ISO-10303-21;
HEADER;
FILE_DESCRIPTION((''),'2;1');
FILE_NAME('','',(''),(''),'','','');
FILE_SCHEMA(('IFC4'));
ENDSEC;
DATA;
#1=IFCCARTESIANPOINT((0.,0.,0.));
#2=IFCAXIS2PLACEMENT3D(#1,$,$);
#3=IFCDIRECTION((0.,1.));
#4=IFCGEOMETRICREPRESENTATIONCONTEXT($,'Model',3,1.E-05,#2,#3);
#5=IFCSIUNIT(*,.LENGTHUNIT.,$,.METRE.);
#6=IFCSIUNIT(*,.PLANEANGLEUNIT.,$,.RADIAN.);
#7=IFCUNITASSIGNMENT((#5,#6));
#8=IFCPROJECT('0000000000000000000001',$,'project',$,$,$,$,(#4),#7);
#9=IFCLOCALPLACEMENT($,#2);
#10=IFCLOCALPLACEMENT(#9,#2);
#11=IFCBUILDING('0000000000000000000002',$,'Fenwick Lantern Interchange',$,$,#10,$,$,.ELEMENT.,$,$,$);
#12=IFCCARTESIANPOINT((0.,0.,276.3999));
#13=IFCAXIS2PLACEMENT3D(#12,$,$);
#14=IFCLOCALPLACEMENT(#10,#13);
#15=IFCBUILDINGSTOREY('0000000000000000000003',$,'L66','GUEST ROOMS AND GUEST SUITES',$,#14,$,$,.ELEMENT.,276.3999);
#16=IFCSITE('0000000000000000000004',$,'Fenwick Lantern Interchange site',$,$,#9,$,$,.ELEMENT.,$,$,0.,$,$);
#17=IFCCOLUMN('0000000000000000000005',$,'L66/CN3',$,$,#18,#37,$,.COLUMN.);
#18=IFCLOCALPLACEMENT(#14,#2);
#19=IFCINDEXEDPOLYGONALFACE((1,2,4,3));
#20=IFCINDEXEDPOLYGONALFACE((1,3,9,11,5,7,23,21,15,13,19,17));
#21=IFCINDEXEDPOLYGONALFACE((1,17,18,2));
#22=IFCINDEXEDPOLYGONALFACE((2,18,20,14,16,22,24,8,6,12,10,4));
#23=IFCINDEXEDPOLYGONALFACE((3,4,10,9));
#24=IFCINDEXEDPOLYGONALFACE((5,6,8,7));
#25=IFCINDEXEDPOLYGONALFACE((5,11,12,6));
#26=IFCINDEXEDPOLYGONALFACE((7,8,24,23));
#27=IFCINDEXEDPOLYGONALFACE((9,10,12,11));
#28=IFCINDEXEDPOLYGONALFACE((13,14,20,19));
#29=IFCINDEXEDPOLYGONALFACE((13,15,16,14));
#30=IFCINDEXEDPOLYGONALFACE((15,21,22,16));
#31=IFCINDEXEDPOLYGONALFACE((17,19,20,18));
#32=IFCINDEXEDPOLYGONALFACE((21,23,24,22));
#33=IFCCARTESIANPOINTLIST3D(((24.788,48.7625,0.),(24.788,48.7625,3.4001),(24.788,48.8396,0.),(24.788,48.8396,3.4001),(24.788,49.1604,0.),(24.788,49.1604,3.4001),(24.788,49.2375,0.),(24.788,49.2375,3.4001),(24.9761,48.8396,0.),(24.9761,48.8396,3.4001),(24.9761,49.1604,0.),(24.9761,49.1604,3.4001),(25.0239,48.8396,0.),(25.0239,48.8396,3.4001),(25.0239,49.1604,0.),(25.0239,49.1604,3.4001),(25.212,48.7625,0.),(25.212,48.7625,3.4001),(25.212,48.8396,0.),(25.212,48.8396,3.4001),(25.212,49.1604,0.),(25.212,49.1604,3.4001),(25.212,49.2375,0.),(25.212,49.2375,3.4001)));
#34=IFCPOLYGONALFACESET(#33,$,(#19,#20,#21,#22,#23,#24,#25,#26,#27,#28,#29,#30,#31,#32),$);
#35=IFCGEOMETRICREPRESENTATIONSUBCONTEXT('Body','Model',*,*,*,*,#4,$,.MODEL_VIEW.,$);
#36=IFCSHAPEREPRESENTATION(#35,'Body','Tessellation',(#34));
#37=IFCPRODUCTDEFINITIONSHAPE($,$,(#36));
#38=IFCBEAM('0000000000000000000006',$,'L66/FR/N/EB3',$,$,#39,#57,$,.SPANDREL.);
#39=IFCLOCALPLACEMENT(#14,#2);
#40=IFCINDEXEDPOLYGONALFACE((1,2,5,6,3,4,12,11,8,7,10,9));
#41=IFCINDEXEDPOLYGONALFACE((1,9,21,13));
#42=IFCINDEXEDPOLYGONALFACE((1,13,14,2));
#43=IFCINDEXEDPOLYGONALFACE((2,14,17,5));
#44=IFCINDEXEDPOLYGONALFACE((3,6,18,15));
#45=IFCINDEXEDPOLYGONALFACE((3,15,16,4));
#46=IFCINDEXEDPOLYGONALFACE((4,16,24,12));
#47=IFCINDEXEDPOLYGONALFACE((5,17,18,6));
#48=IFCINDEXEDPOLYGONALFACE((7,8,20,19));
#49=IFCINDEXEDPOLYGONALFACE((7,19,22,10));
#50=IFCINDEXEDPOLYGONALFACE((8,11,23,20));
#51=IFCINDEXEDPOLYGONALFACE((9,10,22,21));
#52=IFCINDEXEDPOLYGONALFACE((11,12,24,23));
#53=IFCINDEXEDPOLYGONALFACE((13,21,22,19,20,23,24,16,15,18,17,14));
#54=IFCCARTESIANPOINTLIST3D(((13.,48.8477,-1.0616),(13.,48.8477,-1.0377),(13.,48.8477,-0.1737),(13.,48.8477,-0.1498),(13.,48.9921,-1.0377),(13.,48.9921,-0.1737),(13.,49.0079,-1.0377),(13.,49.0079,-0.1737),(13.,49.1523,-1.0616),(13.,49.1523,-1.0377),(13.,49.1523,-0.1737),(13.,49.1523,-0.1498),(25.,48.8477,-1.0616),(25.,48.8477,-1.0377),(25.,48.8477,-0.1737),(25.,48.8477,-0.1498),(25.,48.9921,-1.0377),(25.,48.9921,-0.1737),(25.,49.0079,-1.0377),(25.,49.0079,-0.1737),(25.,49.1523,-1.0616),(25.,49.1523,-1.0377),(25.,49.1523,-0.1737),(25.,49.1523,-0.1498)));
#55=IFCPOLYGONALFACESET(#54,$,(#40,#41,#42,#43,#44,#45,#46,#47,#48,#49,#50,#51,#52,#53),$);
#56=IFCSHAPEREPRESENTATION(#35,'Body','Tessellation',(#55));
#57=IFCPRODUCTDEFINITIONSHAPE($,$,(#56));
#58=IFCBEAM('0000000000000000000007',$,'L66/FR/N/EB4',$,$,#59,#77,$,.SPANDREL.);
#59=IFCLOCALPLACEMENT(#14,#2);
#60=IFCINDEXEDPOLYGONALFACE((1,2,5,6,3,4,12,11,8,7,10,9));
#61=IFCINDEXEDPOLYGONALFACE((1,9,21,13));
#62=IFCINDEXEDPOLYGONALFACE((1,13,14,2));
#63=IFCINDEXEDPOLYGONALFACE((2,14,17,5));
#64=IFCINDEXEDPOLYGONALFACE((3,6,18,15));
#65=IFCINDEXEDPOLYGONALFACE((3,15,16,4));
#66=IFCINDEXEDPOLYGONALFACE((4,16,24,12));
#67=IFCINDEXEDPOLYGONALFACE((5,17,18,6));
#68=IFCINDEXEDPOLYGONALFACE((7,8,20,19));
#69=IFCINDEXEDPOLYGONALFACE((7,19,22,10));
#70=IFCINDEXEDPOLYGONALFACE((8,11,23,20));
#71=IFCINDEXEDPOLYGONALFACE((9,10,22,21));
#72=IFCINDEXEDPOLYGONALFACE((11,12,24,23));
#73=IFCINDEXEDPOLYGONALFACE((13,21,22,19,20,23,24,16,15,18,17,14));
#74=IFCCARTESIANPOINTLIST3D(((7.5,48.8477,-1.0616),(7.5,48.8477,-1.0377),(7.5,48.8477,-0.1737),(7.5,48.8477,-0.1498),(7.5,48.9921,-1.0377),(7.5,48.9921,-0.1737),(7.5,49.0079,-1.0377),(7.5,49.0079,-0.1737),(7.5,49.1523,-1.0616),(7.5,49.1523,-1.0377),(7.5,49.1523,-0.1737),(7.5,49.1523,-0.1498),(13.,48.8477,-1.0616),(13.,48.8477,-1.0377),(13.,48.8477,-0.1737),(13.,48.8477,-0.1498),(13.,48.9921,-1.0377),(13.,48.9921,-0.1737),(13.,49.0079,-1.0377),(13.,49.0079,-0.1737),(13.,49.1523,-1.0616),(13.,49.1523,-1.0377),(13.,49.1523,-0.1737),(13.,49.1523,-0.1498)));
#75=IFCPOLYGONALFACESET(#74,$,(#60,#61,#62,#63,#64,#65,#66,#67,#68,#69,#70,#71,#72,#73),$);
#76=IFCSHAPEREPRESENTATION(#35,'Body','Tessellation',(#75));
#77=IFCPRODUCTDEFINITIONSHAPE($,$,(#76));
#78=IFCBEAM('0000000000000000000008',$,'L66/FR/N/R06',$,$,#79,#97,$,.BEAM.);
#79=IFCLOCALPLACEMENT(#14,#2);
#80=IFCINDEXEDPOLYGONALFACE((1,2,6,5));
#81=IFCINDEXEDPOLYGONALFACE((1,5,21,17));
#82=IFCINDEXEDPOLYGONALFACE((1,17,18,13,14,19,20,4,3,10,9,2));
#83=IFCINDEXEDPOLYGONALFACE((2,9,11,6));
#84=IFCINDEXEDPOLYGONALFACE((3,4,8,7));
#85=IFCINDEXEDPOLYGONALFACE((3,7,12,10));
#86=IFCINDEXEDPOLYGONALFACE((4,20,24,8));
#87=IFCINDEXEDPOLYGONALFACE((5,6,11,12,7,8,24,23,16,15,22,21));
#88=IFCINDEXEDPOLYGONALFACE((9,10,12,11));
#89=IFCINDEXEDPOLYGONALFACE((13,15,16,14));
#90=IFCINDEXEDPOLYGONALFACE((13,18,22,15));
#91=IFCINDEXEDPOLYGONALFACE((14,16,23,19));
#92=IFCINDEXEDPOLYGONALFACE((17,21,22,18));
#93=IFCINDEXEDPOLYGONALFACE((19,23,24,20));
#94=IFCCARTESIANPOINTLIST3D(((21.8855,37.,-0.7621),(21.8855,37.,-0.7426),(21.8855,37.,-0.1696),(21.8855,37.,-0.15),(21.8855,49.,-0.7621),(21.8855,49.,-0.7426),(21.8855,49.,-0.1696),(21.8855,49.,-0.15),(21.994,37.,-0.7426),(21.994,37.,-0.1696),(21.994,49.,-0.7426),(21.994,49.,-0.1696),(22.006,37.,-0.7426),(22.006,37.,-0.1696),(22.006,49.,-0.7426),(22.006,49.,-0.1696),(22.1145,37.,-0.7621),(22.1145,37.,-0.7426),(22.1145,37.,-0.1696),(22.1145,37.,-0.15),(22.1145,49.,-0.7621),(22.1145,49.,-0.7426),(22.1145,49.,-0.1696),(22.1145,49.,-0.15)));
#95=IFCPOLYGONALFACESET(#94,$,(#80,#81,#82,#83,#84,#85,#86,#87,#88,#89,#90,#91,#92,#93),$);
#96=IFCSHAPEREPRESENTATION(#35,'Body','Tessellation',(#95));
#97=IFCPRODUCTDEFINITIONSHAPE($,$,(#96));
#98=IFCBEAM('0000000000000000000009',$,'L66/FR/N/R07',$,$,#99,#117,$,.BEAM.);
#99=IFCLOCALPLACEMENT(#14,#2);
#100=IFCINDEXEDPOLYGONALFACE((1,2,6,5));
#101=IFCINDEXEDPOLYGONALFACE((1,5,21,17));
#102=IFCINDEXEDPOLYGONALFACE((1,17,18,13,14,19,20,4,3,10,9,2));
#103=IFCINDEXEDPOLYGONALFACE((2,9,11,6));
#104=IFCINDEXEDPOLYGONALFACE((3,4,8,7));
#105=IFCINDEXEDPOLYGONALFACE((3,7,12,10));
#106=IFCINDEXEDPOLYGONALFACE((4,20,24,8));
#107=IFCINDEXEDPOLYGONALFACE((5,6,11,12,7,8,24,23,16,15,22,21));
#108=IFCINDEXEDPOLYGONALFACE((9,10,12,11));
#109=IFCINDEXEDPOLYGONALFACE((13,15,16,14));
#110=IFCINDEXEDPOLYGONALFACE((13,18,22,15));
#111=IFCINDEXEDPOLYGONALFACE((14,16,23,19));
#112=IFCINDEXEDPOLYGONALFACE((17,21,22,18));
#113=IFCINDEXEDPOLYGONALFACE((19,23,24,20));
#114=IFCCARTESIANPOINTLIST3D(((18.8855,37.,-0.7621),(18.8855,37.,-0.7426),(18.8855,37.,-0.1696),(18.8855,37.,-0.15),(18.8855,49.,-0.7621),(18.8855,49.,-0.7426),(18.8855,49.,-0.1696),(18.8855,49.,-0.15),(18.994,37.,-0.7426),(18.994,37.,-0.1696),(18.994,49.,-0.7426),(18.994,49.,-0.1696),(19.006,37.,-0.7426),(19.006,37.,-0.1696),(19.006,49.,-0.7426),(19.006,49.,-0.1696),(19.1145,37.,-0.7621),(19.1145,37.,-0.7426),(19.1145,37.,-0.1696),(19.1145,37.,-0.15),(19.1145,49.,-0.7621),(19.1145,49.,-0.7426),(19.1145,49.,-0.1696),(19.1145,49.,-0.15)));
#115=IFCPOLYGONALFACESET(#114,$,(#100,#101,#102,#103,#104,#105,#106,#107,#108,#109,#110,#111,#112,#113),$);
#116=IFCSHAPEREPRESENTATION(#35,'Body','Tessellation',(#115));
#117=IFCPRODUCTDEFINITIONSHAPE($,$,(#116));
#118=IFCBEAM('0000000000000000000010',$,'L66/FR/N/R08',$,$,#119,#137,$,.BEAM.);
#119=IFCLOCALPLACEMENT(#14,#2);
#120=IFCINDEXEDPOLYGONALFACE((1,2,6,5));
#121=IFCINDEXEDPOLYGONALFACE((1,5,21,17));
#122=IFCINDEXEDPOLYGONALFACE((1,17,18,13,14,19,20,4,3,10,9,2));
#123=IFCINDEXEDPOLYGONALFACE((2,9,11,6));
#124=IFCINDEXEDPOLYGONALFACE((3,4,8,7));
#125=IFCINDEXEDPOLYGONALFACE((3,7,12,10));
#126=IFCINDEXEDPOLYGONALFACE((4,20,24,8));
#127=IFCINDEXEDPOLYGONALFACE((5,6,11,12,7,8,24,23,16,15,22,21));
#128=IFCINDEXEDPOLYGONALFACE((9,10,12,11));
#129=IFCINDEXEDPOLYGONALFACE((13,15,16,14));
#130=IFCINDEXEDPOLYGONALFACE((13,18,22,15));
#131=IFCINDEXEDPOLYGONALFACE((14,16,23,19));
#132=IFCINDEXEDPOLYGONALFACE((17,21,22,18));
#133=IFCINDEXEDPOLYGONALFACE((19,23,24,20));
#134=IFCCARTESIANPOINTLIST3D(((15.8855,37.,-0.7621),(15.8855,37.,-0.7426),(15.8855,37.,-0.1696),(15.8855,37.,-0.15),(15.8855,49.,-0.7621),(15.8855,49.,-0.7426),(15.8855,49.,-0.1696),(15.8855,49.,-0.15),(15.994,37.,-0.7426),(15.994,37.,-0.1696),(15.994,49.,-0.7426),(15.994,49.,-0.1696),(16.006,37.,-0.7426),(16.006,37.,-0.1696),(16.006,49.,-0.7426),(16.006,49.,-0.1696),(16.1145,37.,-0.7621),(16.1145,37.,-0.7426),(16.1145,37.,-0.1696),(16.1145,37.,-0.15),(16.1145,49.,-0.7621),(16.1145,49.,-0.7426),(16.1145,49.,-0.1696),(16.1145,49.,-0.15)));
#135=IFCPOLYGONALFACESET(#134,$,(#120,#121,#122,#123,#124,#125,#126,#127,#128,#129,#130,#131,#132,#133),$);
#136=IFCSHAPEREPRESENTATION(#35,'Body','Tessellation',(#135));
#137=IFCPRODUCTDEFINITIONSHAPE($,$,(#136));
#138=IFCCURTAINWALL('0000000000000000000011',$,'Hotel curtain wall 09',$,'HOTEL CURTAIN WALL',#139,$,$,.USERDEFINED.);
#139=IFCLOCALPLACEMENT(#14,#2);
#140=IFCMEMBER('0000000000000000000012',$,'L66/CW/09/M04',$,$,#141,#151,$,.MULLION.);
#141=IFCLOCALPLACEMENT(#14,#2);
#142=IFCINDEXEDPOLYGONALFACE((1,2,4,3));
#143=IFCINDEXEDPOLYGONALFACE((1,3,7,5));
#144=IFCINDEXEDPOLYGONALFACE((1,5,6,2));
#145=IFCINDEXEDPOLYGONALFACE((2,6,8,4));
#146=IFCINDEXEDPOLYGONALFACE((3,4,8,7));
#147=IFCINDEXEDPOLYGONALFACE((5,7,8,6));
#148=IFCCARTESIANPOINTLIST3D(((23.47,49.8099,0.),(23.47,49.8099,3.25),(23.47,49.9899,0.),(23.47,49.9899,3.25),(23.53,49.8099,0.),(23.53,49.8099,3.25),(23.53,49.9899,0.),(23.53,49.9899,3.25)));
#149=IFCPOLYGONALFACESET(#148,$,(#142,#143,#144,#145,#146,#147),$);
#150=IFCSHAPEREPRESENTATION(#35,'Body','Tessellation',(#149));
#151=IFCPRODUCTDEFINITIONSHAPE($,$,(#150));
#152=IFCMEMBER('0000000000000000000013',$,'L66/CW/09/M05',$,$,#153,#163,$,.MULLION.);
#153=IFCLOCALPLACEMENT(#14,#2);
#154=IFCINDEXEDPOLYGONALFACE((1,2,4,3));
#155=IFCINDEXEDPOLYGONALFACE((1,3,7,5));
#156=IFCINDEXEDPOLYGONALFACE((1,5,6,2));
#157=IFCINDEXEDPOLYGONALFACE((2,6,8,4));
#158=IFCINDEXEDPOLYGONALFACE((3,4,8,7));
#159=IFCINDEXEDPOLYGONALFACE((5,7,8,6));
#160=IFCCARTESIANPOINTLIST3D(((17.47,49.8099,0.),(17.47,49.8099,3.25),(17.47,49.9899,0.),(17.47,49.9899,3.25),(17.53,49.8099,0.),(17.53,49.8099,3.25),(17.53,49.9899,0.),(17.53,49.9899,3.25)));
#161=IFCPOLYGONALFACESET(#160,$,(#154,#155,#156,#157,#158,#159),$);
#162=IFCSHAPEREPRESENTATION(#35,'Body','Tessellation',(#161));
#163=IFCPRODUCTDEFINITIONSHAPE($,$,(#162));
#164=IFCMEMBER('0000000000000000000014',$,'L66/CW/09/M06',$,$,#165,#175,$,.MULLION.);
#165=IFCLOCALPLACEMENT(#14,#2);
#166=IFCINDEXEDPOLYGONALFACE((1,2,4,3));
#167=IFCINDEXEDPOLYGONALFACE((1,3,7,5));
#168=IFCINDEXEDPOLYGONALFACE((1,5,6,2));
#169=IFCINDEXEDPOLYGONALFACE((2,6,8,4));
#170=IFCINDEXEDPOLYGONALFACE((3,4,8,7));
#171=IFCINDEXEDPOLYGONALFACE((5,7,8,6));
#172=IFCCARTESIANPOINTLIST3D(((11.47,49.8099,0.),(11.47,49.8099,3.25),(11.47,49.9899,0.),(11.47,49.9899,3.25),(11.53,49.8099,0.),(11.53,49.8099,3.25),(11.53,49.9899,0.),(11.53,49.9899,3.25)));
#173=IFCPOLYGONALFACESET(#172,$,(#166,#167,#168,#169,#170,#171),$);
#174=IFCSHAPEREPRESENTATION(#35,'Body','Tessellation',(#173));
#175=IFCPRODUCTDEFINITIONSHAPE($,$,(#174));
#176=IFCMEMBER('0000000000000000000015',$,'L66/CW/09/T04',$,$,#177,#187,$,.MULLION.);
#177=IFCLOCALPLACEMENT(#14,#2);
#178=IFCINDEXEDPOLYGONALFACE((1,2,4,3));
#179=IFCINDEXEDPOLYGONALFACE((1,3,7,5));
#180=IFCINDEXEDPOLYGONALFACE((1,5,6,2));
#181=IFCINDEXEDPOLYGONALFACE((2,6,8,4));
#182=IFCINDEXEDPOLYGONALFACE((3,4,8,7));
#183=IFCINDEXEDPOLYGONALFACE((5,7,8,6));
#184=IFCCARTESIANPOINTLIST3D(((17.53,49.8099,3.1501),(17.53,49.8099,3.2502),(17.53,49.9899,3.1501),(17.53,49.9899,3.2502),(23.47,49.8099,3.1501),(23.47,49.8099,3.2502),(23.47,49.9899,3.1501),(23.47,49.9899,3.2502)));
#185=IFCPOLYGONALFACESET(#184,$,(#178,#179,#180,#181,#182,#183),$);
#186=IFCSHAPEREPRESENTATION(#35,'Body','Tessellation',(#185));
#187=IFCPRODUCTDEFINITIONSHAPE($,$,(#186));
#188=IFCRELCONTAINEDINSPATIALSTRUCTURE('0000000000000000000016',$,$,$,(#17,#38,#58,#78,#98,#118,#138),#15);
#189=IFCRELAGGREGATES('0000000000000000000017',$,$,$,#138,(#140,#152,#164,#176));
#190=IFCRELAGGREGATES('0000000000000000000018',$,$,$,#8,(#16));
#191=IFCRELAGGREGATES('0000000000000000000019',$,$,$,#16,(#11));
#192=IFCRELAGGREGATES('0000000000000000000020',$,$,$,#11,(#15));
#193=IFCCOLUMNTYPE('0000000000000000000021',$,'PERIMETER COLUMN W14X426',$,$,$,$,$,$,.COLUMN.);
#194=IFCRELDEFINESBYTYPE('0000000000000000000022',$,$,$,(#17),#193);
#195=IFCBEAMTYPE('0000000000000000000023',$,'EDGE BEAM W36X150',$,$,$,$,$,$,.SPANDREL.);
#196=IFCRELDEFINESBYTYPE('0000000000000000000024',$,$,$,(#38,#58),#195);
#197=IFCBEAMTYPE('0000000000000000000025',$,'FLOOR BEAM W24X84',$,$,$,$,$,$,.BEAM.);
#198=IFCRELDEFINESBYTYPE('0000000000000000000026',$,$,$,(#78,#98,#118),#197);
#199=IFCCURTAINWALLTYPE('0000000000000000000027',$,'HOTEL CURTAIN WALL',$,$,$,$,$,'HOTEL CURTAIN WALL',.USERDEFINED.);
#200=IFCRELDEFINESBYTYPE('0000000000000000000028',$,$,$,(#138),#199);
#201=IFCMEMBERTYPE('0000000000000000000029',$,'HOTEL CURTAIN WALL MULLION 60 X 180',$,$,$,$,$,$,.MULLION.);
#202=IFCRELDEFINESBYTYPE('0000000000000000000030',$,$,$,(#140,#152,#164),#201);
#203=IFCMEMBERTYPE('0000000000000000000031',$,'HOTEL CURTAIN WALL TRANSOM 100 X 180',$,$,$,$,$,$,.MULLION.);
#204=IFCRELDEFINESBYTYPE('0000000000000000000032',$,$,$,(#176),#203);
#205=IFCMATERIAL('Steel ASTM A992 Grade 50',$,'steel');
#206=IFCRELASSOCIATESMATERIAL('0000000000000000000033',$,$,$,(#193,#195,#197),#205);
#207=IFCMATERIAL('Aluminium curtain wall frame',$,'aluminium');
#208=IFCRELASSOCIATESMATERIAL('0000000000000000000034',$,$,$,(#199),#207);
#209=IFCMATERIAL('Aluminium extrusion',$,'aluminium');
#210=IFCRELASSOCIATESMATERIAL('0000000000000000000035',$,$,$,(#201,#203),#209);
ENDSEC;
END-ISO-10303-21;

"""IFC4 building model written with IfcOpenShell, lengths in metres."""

from ifc_helpers import new_model, si_unit, direction, frame, origin, origin_2d, place, context, subcontext, project, spatial, rectangle, i_section, extrude, material, material_profile, profile_set, type_object, element, aggregate, save


model = new_model("IFC4")

# Units and contexts
model_context = context("Model", 3, precision=1e-05, world=origin(), true_north=direction((0.0, 1.0)))
body_context = subcontext(model_context, "Body", "Model", "MODEL_VIEW")
ifc_project = project(units=[si_unit("LENGTHUNIT", "METRE"), si_unit("PLANEANGLEUNIT", "RADIAN")], contexts=[model_context])

# Site, building, storey
site_placement = place(None, origin())
site = spatial("IfcSite", under=ifc_project, at=site_placement, Name="Fenwick Lantern Interchange site", CompositionType="ELEMENT", RefElevation=0.0)
building_placement = place(site_placement, origin())
building = spatial("IfcBuilding", under=site, at=building_placement, Name="Fenwick Lantern Interchange", CompositionType="ELEMENT")
storey_placement = place(building_placement, frame((0.0, 0.0, 276.3999)))
storey = spatial("IfcBuildingStorey", under=building, at=storey_placement, Name="L66", Description="GUEST ROOMS AND GUEST SUITES", CompositionType="ELEMENT", Elevation=276.3999)

# Column
ifc_material_1 = material(Name="Steel ASTM A992 Grade 50", Category="steel")
ifc_material_profile_1 = material_profile(ifc_material_1, i_section(OverallWidth=0.4241, OverallDepth=0.4751, WebThickness=0.0479, FlangeThickness=0.0771, at=origin_2d()), Name="W14X426")
ifc_profile_set_1 = profile_set([ifc_material_profile_1], Name="Steel ASTM A992 Grade 50")
column_type = type_object("IfcColumnType", Name="PERIMETER COLUMN W14X426", PredefinedType="COLUMN", material=ifc_profile_set_1)
column_placement = place(storey_placement, frame((25.0, 49.0, 0.0), z_axis=(0.0, 0.0, 1.0), x_axis=(1.0, 0.0, 0.0)))
element("IfcColumn", 1, at=column_placement, inside=storey, type_object=column_type, Name="L66/CN3", PredefinedType="COLUMN", context=body_context, shape_type="SweptSolid", body=[
    extrude(i_section(OverallWidth=0.4241, OverallDepth=0.4751, WebThickness=0.0479, FlangeThickness=0.0771, at=origin_2d()), origin(), (0.0, 0.0, 1.0), 3.4001),
])

# Beams
ifc_material_profile_2 = material_profile(ifc_material_1, i_section(OverallWidth=0.3047, OverallDepth=0.9119, WebThickness=0.0159, FlangeThickness=0.0239, at=origin_2d()), Name="W36X150")
ifc_profile_set_2 = profile_set([ifc_material_profile_2], Name="Steel ASTM A992 Grade 50")
beam_type_1 = type_object("IfcBeamType", Name="EDGE BEAM W36X150", PredefinedType="SPANDREL", material=ifc_profile_set_2)
beam_1_placement = place(storey_placement, frame((25.0, 49.0, -0.6057), z_axis=(-1.0, 0.0, 0.0), x_axis=(0.0, -1.0, 0.0)))
element("IfcBeam", 2, at=beam_1_placement, inside=storey, type_object=beam_type_1, Name="L66/FR/N/EB3", PredefinedType="SPANDREL", context=body_context, shape_type="SweptSolid", body=[
    extrude(i_section(OverallWidth=0.3047, OverallDepth=0.9119, WebThickness=0.0159, FlangeThickness=0.0239, at=origin_2d()), origin(), (0.0, 0.0, 1.0), 12.0),
])
beam_2_placement = place(storey_placement, frame((13.0, 49.0, -0.6057), z_axis=(-1.0, 0.0, 0.0), x_axis=(0.0, -1.0, 0.0)))
element("IfcBeam", 3, at=beam_2_placement, inside=storey, type_object=beam_type_1, Name="L66/FR/N/EB4", PredefinedType="SPANDREL", context=body_context, shape_type="SweptSolid", body=[
    extrude(i_section(OverallWidth=0.3047, OverallDepth=0.9119, WebThickness=0.0159, FlangeThickness=0.0239, at=origin_2d()), origin(), (0.0, 0.0, 1.0), 5.5),
])
ifc_material_profile_3 = material_profile(ifc_material_1, i_section(OverallWidth=0.229, OverallDepth=0.6121, WebThickness=0.012, FlangeThickness=0.0195, at=origin_2d()), Name="W24X84")
ifc_profile_set_3 = profile_set([ifc_material_profile_3], Name="Steel ASTM A992 Grade 50")
beam_type_2 = type_object("IfcBeamType", Name="FLOOR BEAM W24X84", PredefinedType="BEAM", material=ifc_profile_set_3)
for number, where, z_axis, x_axis, name in (
    (4, (22.0, 49.0, -0.4561), (0.0, -1.0, 0.0), (1.0, 0.0, 0.0), "L66/FR/N/R06"),
    (5, (19.0, 49.0, -0.4561), (0.0, -1.0, 0.0), (1.0, 0.0, 0.0), "L66/FR/N/R07"),
    (6, (16.0, 49.0, -0.4561), (0.0, -1.0, 0.0), (1.0, 0.0, 0.0), "L66/FR/N/R08"),
):
    element("IfcBeam", number, at=place(storey_placement, frame(where, z_axis=z_axis, x_axis=x_axis)), inside=storey, type_object=beam_type_2, Name=name, PredefinedType="BEAM", context=body_context, shape_type="SweptSolid", body=[
        extrude(i_section(OverallWidth=0.229, OverallDepth=0.6121, WebThickness=0.012, FlangeThickness=0.0195, at=origin_2d()), origin(), (0.0, 0.0, 1.0), 12.0),
    ])

# Curtain wall, members
ifc_material_2 = material(Name="Aluminium curtain wall frame", Category="aluminium")
curtain_wall_type = type_object("IfcCurtainWallType", Name="HOTEL CURTAIN WALL", ElementType="HOTEL CURTAIN WALL", PredefinedType="USERDEFINED", material=ifc_material_2)
curtain_wall_placement = place(storey_placement, origin())
curtain_wall = element("IfcCurtainWall", 7, at=curtain_wall_placement, inside=storey, type_object=curtain_wall_type, Name="Hotel curtain wall 09", ObjectType="HOTEL CURTAIN WALL", PredefinedType="USERDEFINED")
ifc_material_3 = material(Name="Aluminium extrusion", Category="aluminium")
ifc_material_profile_4 = material_profile(ifc_material_3, rectangle(XDim=0.1799, YDim=0.0601, at=origin_2d()), Name="HOTEL CURTAIN WALL MULLION 60 X 180")
ifc_profile_set_4 = profile_set([ifc_material_profile_4], Name="Aluminium extrusion")
member_type_1 = type_object("IfcMemberType", Name="HOTEL CURTAIN WALL MULLION 60 X 180", PredefinedType="MULLION", material=ifc_profile_set_4)
member_1_placement = place(storey_placement, frame((23.5, 49.8999, 0.0), z_axis=(0.0, 0.0, 1.0), x_axis=(0.0, -1.0, 0.0)))
member_1 = element("IfcMember", 8, at=member_1_placement, type_object=member_type_1, Name="L66/CW/09/M04", PredefinedType="MULLION", context=body_context, shape_type="SweptSolid", body=[
    extrude(rectangle(XDim=0.1799, YDim=0.0601, at=origin_2d()), origin(), (0.0, 0.0, 1.0), 3.25),
])
member_2_placement = place(storey_placement, frame((17.5, 49.8999, 0.0), z_axis=(0.0, 0.0, 1.0), x_axis=(0.0, -1.0, 0.0)))
member_2 = element("IfcMember", 9, at=member_2_placement, type_object=member_type_1, Name="L66/CW/09/M05", PredefinedType="MULLION", context=body_context, shape_type="SweptSolid", body=[
    extrude(rectangle(XDim=0.1799, YDim=0.0601, at=origin_2d()), origin(), (0.0, 0.0, 1.0), 3.25),
])
member_3_placement = place(storey_placement, frame((11.5, 49.8999, 0.0), z_axis=(0.0, 0.0, 1.0), x_axis=(0.0, -1.0, 0.0)))
member_3 = element("IfcMember", 10, at=member_3_placement, type_object=member_type_1, Name="L66/CW/09/M06", PredefinedType="MULLION", context=body_context, shape_type="SweptSolid", body=[
    extrude(rectangle(XDim=0.1799, YDim=0.0601, at=origin_2d()), origin(), (0.0, 0.0, 1.0), 3.25),
])
ifc_material_profile_5 = material_profile(ifc_material_3, rectangle(XDim=0.1799, YDim=0.1001, at=origin_2d()), Name="HOTEL CURTAIN WALL TRANSOM 100 X 180")
ifc_profile_set_5 = profile_set([ifc_material_profile_5], Name="Aluminium extrusion")
member_type_2 = type_object("IfcMemberType", Name="HOTEL CURTAIN WALL TRANSOM 100 X 180", PredefinedType="MULLION", material=ifc_profile_set_5)
member_4_placement = place(storey_placement, frame((23.47, 49.8999, 3.2002), z_axis=(-1.0, 0.0, 0.0), x_axis=(0.0, -1.0, 0.0)))
member_4 = element("IfcMember", 11, at=member_4_placement, type_object=member_type_2, Name="L66/CW/09/T04", PredefinedType="MULLION", context=body_context, shape_type="SweptSolid", body=[
    extrude(rectangle(XDim=0.1799, YDim=0.1001, at=origin_2d()), origin(), (0.0, 0.0, 1.0), 5.9399),
])
aggregate(curtain_wall, [member_1, member_2, member_3, member_4])

save(model, "model.ifc")
